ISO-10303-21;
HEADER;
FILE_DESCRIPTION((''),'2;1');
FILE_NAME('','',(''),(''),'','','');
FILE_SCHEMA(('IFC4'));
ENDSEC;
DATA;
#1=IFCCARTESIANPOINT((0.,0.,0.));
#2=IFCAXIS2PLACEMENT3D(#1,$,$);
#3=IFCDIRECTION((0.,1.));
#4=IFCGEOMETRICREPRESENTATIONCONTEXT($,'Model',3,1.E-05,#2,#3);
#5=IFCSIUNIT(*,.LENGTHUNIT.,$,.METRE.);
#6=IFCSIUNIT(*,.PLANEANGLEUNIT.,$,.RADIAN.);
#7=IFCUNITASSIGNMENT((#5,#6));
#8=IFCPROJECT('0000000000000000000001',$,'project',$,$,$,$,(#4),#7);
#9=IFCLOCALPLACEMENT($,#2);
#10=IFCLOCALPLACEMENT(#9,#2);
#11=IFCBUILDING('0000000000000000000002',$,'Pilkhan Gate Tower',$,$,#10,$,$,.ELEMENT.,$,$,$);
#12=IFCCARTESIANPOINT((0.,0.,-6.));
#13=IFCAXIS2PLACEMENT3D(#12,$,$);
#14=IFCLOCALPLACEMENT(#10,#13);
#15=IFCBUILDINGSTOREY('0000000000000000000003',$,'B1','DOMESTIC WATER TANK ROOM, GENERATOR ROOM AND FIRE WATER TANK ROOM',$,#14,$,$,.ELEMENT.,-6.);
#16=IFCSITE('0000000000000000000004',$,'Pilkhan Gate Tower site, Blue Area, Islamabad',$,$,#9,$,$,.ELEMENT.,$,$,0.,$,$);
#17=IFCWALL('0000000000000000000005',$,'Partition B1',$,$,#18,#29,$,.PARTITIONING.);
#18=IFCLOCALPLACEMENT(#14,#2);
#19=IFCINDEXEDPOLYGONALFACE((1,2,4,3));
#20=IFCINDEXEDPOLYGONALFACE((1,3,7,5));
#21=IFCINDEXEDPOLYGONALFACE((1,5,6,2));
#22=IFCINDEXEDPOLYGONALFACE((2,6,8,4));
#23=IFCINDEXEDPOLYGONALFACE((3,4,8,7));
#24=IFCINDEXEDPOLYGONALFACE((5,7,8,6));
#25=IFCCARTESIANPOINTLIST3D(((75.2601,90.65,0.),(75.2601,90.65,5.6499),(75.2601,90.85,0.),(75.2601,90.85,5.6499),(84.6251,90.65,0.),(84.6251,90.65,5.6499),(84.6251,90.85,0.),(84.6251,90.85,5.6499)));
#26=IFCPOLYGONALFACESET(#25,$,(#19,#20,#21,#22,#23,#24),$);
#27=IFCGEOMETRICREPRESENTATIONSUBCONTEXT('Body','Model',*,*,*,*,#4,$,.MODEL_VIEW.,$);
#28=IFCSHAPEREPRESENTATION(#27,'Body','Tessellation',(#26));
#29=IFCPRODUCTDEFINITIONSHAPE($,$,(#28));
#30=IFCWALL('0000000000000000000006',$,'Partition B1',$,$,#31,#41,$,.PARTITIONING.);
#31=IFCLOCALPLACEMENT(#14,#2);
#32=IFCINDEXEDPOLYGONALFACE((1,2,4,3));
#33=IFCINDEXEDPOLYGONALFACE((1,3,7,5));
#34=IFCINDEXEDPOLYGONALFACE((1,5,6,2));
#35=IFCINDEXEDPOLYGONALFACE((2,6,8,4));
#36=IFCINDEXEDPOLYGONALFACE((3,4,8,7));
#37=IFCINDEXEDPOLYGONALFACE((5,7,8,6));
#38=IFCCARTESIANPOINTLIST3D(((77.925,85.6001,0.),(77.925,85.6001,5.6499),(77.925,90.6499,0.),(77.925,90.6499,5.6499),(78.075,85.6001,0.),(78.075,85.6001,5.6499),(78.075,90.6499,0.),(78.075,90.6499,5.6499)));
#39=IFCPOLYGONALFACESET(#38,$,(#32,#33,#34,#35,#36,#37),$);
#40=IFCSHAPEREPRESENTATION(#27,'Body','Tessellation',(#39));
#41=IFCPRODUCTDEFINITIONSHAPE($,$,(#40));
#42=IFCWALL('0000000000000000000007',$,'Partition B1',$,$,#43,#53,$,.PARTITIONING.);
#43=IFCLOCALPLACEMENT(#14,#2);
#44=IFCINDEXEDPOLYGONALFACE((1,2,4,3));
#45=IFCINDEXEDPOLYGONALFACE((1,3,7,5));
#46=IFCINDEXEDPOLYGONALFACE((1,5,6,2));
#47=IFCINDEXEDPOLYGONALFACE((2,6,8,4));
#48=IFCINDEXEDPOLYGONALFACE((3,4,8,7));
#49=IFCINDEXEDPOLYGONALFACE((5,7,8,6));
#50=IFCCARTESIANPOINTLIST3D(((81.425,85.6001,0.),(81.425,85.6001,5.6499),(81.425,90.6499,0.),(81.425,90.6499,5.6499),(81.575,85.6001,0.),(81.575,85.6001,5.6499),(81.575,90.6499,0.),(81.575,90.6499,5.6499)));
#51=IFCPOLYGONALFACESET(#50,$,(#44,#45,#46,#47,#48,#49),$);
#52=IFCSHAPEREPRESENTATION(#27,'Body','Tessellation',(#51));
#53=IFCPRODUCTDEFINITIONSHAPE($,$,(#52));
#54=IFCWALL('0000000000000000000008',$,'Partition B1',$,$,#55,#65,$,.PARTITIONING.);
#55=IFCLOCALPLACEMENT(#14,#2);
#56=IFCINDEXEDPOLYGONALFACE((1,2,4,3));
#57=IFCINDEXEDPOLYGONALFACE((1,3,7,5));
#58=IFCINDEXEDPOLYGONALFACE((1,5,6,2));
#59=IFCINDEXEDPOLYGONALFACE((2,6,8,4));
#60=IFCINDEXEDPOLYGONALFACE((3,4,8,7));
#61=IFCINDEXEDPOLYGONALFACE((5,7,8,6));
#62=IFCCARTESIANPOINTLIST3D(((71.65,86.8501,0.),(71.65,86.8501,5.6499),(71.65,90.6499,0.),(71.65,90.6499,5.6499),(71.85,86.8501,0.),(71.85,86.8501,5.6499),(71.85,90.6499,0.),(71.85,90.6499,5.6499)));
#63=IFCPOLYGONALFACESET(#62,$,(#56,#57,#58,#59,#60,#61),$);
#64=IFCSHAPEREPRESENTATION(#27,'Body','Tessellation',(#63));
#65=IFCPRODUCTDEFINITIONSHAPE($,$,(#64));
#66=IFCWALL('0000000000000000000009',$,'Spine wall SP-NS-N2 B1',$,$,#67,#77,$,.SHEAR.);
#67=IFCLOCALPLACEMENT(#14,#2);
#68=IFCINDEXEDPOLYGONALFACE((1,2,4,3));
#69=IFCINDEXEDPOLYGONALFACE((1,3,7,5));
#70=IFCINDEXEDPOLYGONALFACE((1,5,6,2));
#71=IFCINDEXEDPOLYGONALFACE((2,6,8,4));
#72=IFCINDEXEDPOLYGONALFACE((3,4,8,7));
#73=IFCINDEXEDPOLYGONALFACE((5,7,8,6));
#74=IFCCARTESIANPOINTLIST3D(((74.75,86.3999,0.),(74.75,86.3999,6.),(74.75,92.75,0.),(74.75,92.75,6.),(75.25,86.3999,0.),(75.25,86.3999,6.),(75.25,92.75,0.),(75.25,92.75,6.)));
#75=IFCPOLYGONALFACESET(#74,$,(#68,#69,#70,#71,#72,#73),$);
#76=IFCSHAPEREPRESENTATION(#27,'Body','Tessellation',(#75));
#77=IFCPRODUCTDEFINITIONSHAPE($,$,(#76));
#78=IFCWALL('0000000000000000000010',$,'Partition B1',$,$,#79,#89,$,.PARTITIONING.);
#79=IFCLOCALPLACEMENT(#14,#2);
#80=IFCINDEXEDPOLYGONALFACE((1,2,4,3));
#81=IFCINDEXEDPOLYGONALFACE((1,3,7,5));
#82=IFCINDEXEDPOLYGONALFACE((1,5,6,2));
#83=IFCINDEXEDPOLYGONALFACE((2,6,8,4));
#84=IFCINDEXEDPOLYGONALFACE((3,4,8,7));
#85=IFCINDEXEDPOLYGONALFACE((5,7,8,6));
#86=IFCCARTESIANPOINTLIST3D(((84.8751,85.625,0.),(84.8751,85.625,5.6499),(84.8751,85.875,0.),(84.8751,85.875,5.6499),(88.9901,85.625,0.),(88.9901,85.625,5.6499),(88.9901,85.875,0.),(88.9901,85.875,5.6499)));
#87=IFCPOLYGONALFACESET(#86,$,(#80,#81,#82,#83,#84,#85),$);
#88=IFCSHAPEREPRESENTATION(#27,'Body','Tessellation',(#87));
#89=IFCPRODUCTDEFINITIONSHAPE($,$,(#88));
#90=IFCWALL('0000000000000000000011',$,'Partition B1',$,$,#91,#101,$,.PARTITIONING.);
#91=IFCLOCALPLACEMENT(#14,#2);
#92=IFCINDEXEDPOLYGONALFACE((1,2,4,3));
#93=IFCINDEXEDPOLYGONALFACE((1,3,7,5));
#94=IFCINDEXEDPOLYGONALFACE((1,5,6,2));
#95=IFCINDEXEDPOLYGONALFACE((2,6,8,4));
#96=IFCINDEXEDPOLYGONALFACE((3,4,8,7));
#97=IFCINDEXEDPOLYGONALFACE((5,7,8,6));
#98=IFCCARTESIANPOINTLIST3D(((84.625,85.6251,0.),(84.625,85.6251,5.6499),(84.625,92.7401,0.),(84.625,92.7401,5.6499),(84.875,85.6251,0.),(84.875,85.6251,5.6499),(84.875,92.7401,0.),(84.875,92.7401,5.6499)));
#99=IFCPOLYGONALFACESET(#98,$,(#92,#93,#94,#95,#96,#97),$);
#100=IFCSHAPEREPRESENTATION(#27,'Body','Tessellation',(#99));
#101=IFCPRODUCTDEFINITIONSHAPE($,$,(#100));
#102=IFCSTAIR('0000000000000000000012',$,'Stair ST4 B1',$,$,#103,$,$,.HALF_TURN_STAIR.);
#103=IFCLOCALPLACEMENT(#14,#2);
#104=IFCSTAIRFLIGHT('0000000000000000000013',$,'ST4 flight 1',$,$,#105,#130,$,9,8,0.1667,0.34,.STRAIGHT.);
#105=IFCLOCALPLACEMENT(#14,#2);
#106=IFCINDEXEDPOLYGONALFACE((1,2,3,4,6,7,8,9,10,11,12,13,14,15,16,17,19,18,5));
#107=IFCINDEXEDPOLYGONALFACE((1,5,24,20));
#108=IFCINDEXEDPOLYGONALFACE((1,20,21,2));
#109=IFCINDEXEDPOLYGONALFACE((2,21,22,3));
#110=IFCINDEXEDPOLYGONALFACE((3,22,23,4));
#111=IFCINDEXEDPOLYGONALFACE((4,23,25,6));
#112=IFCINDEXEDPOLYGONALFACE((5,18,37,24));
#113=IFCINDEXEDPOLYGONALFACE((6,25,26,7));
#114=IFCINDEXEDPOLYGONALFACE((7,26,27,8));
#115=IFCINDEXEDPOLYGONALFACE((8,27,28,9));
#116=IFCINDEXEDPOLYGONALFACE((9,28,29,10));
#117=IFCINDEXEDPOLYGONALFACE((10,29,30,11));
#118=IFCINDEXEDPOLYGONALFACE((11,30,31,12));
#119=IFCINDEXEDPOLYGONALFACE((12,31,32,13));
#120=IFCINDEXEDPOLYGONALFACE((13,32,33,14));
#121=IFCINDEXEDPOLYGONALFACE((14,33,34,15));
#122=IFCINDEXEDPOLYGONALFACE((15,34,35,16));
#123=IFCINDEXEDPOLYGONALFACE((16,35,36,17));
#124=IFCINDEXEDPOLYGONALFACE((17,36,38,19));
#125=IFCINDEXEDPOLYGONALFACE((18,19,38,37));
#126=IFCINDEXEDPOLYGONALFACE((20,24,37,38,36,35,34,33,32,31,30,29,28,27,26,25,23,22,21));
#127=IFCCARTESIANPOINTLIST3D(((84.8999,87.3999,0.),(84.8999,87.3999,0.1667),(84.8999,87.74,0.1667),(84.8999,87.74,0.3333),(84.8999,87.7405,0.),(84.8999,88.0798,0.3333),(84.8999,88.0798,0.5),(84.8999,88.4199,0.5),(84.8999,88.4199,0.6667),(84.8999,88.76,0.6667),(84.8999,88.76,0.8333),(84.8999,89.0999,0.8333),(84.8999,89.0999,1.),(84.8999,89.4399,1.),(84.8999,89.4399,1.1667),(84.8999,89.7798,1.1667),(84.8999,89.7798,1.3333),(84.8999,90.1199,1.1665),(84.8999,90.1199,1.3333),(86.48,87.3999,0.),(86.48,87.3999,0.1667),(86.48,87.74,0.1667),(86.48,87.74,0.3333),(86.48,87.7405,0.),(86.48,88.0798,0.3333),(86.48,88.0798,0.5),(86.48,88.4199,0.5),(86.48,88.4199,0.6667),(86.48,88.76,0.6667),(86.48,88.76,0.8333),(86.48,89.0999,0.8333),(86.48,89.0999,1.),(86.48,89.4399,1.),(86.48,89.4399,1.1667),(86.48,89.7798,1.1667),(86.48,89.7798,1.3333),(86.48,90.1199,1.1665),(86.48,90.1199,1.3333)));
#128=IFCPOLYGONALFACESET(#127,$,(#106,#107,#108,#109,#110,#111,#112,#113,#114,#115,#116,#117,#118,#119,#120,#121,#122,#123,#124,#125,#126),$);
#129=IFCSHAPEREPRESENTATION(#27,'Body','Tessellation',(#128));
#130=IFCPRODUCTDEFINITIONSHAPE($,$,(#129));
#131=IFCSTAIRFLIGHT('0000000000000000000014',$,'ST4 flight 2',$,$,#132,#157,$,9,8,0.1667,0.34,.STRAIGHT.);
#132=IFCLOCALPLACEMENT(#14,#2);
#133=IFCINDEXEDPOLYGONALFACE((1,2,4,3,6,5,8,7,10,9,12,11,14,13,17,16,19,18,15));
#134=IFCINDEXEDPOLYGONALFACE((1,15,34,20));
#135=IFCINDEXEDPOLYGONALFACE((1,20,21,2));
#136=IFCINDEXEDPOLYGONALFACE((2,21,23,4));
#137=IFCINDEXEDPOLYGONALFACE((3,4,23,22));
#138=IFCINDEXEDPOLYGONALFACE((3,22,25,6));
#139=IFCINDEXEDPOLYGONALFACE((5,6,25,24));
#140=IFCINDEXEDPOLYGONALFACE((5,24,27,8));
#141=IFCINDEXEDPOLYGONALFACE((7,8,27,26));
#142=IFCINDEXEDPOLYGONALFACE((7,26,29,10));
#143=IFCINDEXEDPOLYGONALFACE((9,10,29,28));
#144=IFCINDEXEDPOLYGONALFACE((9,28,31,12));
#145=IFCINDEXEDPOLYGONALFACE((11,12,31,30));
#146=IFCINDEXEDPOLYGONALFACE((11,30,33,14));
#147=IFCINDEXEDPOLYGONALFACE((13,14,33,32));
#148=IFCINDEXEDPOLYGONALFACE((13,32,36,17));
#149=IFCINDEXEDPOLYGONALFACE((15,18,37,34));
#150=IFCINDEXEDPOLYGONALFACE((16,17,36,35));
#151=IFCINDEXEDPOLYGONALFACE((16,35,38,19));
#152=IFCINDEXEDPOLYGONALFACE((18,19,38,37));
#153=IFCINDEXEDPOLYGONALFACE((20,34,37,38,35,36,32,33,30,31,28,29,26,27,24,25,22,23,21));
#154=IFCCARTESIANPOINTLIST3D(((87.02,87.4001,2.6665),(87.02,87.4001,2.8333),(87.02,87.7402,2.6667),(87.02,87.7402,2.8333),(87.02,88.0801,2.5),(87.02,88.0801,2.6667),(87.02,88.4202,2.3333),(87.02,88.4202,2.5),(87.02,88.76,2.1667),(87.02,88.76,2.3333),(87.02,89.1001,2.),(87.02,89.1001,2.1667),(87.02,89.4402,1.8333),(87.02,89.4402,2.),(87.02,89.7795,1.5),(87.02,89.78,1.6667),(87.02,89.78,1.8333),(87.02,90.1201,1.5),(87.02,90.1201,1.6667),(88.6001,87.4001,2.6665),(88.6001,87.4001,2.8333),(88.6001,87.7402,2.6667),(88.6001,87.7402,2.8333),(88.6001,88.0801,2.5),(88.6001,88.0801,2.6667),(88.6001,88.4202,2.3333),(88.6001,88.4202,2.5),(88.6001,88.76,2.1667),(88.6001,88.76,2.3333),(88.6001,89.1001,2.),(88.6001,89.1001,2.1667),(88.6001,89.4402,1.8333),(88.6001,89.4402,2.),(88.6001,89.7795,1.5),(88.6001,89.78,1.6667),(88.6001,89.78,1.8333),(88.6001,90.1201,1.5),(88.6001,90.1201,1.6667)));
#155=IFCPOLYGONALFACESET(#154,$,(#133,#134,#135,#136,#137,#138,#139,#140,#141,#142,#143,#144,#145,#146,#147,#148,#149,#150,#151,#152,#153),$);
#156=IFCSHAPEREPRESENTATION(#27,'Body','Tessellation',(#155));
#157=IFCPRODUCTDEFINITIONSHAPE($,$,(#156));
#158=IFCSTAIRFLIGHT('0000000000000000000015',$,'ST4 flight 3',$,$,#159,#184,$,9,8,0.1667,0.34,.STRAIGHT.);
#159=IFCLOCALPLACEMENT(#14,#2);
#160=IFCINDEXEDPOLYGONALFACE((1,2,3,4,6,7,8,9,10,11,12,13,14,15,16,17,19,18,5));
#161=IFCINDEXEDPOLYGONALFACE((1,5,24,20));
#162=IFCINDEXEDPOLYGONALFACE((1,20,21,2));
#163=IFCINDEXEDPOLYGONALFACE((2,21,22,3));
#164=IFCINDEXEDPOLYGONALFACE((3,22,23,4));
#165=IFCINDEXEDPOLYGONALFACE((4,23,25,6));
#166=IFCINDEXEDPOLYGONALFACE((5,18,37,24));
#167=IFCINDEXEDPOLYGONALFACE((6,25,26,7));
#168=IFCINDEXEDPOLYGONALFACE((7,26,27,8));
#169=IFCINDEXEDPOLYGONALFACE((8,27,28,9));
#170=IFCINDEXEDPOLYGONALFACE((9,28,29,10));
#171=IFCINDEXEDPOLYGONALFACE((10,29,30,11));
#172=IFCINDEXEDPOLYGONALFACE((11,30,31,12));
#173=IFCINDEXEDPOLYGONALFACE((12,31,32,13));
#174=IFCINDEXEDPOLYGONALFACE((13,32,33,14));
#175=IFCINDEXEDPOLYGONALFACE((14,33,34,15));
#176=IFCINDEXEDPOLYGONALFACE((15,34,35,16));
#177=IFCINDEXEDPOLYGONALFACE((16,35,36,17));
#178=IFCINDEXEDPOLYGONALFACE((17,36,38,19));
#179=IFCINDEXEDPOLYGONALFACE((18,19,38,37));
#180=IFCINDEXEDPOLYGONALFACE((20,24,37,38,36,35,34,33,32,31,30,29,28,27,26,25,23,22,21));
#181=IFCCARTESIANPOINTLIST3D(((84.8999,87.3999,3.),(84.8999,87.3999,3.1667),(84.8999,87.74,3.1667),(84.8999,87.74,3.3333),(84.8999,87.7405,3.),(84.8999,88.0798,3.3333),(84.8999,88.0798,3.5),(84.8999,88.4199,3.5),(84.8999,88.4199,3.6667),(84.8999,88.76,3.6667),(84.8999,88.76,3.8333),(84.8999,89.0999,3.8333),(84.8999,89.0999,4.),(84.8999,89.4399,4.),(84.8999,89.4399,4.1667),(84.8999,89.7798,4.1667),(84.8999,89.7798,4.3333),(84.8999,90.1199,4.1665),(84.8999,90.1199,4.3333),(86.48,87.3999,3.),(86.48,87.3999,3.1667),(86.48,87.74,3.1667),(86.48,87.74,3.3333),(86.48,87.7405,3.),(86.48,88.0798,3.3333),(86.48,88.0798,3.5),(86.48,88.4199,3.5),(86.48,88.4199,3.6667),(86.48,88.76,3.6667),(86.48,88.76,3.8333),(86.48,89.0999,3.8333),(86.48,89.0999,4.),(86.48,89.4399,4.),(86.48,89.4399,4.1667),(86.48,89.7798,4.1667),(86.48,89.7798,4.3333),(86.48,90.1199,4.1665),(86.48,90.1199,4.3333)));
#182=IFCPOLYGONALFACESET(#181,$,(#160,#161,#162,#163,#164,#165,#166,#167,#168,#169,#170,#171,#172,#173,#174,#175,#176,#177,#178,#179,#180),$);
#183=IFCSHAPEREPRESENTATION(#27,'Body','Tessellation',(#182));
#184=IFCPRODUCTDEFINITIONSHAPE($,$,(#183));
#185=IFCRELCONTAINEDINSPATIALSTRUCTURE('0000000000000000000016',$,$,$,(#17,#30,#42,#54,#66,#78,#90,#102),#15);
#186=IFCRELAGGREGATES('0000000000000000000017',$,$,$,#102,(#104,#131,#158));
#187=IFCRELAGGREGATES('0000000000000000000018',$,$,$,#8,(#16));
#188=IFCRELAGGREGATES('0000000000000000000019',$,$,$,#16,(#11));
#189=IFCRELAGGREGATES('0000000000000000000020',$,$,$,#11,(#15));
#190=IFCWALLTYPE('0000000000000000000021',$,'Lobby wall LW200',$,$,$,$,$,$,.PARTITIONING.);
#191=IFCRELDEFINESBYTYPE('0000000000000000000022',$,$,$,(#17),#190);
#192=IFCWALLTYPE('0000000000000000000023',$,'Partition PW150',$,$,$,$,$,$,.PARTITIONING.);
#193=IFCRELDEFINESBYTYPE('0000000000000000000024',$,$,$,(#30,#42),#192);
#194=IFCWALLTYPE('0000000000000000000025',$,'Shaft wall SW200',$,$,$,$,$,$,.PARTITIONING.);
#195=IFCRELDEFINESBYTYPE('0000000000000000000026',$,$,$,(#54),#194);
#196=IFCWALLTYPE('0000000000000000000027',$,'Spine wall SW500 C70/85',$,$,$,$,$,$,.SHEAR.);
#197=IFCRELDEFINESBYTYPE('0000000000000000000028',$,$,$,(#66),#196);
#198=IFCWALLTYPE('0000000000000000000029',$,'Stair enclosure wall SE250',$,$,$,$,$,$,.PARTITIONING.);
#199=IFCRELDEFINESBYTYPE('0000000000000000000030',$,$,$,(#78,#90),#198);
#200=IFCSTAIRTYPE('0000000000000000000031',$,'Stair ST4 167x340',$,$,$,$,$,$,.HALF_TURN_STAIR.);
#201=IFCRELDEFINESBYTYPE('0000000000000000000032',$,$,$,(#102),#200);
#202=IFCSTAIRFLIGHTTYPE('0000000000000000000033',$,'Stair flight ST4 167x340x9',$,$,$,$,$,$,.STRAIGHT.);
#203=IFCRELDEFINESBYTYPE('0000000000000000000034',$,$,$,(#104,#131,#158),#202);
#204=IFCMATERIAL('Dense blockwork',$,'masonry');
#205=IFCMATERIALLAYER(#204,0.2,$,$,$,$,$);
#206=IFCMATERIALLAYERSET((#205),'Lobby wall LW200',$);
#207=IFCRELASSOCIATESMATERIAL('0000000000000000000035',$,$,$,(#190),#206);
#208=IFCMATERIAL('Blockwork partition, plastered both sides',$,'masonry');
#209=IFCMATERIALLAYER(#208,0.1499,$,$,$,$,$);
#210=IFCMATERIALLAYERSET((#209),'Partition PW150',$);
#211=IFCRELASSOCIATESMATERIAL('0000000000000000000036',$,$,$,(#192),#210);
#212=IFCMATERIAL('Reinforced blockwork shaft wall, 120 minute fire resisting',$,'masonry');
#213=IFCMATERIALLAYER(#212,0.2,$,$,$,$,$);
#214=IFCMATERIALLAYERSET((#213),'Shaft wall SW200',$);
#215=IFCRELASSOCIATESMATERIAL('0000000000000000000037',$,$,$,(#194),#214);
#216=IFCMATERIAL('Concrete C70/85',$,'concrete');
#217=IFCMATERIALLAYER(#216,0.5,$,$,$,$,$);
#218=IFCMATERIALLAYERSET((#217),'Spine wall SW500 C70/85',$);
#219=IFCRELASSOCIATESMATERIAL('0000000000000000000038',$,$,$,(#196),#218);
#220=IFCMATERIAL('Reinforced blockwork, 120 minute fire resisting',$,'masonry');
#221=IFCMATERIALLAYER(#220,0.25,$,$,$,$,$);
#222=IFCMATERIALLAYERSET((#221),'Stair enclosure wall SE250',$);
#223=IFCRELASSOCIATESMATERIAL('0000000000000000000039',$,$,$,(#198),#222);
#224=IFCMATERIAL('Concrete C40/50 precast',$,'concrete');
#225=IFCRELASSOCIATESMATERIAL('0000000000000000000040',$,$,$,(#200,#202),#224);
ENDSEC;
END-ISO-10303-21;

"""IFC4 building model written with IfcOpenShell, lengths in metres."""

from ifc_helpers import new_model, si_unit, direction, frame, frame_2d, origin, place, context, subcontext, project, spatial, polyline, rectangle, outline, extrude, material, layer, layer_set, type_object, element, aggregate, save


model = new_model("IFC4")

# Units and contexts
model_context = context("Model", 3, precision=1e-05, world=origin(), true_north=direction((0.0, 1.0)))
body_context = subcontext(model_context, "Body", "Model", "MODEL_VIEW")
ifc_project = project(units=[si_unit("LENGTHUNIT", "METRE"), si_unit("PLANEANGLEUNIT", "RADIAN")], contexts=[model_context])

# Site, building, storey
site_placement = place(None, origin())
site = spatial("IfcSite", under=ifc_project, at=site_placement, Name="Pilkhan Gate Tower site, Blue Area, Islamabad", CompositionType="ELEMENT", RefElevation=0.0)
building_placement = place(site_placement, origin())
building = spatial("IfcBuilding", under=site, at=building_placement, Name="Pilkhan Gate Tower", CompositionType="ELEMENT")
storey_placement = place(building_placement, frame((0.0, 0.0, -6.0)))
storey = spatial("IfcBuildingStorey", under=building, at=storey_placement, Name="B1", Description="DOMESTIC WATER TANK ROOM, GENERATOR ROOM AND FIRE WATER TANK ROOM", CompositionType="ELEMENT", Elevation=-6.0)

# Shared definitions
ifc_material_1 = material(Name="Dense blockwork", Category="masonry")
ifc_layer_1 = layer(ifc_material_1, 0.2)
ifc_layer_set_1 = layer_set([ifc_layer_1], Name="Lobby wall LW200")
wall_type_1 = type_object("IfcWallType", Name="Lobby wall LW200", PredefinedType="PARTITIONING", material=ifc_layer_set_1)

# Walls
wall_1_placement = place(storey_placement, frame((75.26, 90.75, 0.0), z_axis=(0.0, 0.0, 1.0), x_axis=(1.0, 0.0, 0.0)))
element("IfcWall", 1, at=wall_1_placement, inside=storey, type_object=wall_type_1, Name="Partition B1", PredefinedType="PARTITIONING", context=body_context, shape_type="SweptSolid", body=[
    extrude(rectangle(XDim=9.365, YDim=0.2, at=frame_2d((4.6826, 0.0))), origin(), (0.0, 0.0, 1.0), 5.6499),
])
ifc_material_2 = material(Name="Blockwork partition, plastered both sides", Category="masonry")
ifc_layer_2 = layer(ifc_material_2, 0.1499)
ifc_layer_set_2 = layer_set([ifc_layer_2], Name="Partition PW150")
wall_type_2 = type_object("IfcWallType", Name="Partition PW150", PredefinedType="PARTITIONING", material=ifc_layer_set_2)
for number, where, z_axis, x_axis, name in (
    (2, (78.0, 85.6001, 0.0), (0.0, 0.0, 1.0), (0.0, 1.0, 0.0), "Partition B1"),
    (3, (81.5, 85.6001, 0.0), (0.0, 0.0, 1.0), (0.0, 1.0, 0.0), "Partition B1"),
):
    element("IfcWall", number, at=place(storey_placement, frame(where, z_axis=z_axis, x_axis=x_axis)), inside=storey, type_object=wall_type_2, Name=name, PredefinedType="PARTITIONING", context=body_context, shape_type="SweptSolid", body=[
        extrude(rectangle(XDim=5.0498, YDim=0.1499, at=frame_2d((2.5249, 0.0))), origin(), (0.0, 0.0, 1.0), 5.6499),
    ])
ifc_material_3 = material(Name="Reinforced blockwork shaft wall, 120 minute fire resisting", Category="masonry")
ifc_layer_3 = layer(ifc_material_3, 0.2)
ifc_layer_set_3 = layer_set([ifc_layer_3], Name="Shaft wall SW200")
wall_type_3 = type_object("IfcWallType", Name="Shaft wall SW200", PredefinedType="PARTITIONING", material=ifc_layer_set_3)
wall_2_placement = place(storey_placement, frame((71.75, 86.8501, 0.0), z_axis=(0.0, 0.0, 1.0), x_axis=(0.0, 1.0, 0.0)))
element("IfcWall", 4, at=wall_2_placement, inside=storey, type_object=wall_type_3, Name="Partition B1", PredefinedType="PARTITIONING", context=body_context, shape_type="SweptSolid", body=[
    extrude(rectangle(XDim=3.7998, YDim=0.2, at=frame_2d((1.8999, 0.0))), origin(), (0.0, 0.0, 1.0), 5.6499),
])
ifc_material_4 = material(Name="Concrete C70/85", Category="concrete")
ifc_layer_4 = layer(ifc_material_4, 0.5)
ifc_layer_set_4 = layer_set([ifc_layer_4], Name="Spine wall SW500 C70/85")
wall_type_4 = type_object("IfcWallType", Name="Spine wall SW500 C70/85", PredefinedType="SHEAR", material=ifc_layer_set_4)
wall_3_placement = place(storey_placement, frame((75.0, 86.3999, 0.0), z_axis=(0.0, 0.0, 1.0), x_axis=(0.0, 1.0, 0.0)))
element("IfcWall", 5, at=wall_3_placement, inside=storey, type_object=wall_type_4, Name="Spine wall SP-NS-N2 B1", PredefinedType="SHEAR", context=body_context, shape_type="SweptSolid", body=[
    extrude(rectangle(XDim=6.3501, YDim=0.5, at=frame_2d((3.175, 0.0))), origin(), (0.0, 0.0, 1.0), 6.0),
])
ifc_material_5 = material(Name="Reinforced blockwork, 120 minute fire resisting", Category="masonry")
ifc_layer_5 = layer(ifc_material_5, 0.25)
ifc_layer_set_5 = layer_set([ifc_layer_5], Name="Stair enclosure wall SE250")
wall_type_5 = type_object("IfcWallType", Name="Stair enclosure wall SE250", PredefinedType="PARTITIONING", material=ifc_layer_set_5)
wall_4_placement = place(storey_placement, frame((84.875, 85.75, 0.0), z_axis=(0.0, 0.0, 1.0), x_axis=(1.0, 0.0, 0.0)))
element("IfcWall", 6, at=wall_4_placement, inside=storey, type_object=wall_type_5, Name="Partition B1", PredefinedType="PARTITIONING", context=body_context, shape_type="SweptSolid", body=[
    extrude(rectangle(XDim=4.115, YDim=0.25, at=frame_2d((2.0576, 0.0))), origin(), (0.0, 0.0, 1.0), 5.6499),
])
wall_5_placement = place(storey_placement, frame((84.75, 85.625, 0.0), z_axis=(0.0, 0.0, 1.0), x_axis=(0.0, 1.0, 0.0)))
element("IfcWall", 7, at=wall_5_placement, inside=storey, type_object=wall_type_5, Name="Partition B1", PredefinedType="PARTITIONING", context=body_context, shape_type="SweptSolid", body=[
    extrude(rectangle(XDim=7.115, YDim=0.25, at=frame_2d((3.5576, 0.0))), origin(), (0.0, 0.0, 1.0), 5.6499),
])

# Stair, stair flights
ifc_material_6 = material(Name="Concrete C40/50 precast", Category="concrete")
stair_type = type_object("IfcStairType", Name="Stair ST4 167x340", PredefinedType="HALF_TURN_STAIR", material=ifc_material_6)
stair_placement = place(storey_placement, origin())
stair = element("IfcStair", 8, at=stair_placement, inside=storey, type_object=stair_type, Name="Stair ST4 B1", PredefinedType="HALF_TURN_STAIR")
stair_flight_type = type_object("IfcStairFlightType", Name="Stair flight ST4 167x340x9", PredefinedType="STRAIGHT", material=ifc_material_6)
stair_flight_1_placement = place(storey_placement, frame((85.6899, 87.3999, 0.0), z_axis=(0.0, 0.0, 1.0), x_axis=(0.0, 1.0, 0.0)))
stair_flight_1 = element("IfcStairFlight", 9, at=stair_flight_1_placement, type_object=stair_flight_type, Name="ST4 flight 1", NumberOfRisers=9, NumberOfTreads=8, PredefinedType="STRAIGHT", RiserHeight=0.1667, TreadLength=0.34, context=body_context, shape_type="SweptSolid", body=[
    extrude(outline(polyline([(0.0, 0.0), (0.0, 0.1667), (0.3401, 0.1667), (0.3401, 0.3333), (0.6799, 0.3333), (0.6799, 0.5), (1.02, 0.5), (1.02, 0.6667), (1.3601, 0.6667), (1.3601, 0.8333), (1.7, 0.8333), (1.7, 1.0), (2.04, 1.0), (2.04, 1.1667), (2.3799, 1.1667), (2.3799, 1.3333), (2.72, 1.3333), (2.72, 1.5), (2.72, 1.1665), (0.3406, 0.0), (0.0, 0.0)])), frame((0.0, 0.79, 0.0), z_axis=(0.0, -1.0, 0.0), x_axis=(1.0, 0.0, 0.0)), (0.0, 0.0, 1.0), 1.5801),
])
stair_flight_2_placement = place(storey_placement, frame((87.8101, 90.1201, 1.5), z_axis=(0.0, 0.0, 1.0), x_axis=(0.0, -1.0, 0.0)))
stair_flight_2 = element("IfcStairFlight", 10, at=stair_flight_2_placement, type_object=stair_flight_type, Name="ST4 flight 2", NumberOfRisers=9, NumberOfTreads=8, PredefinedType="STRAIGHT", RiserHeight=0.1667, TreadLength=0.34, context=body_context, shape_type="SweptSolid", body=[
    extrude(outline(polyline([(0.0, 0.0), (0.0, 0.1667), (0.3401, 0.1667), (0.3401, 0.3333), (0.6799, 0.3333), (0.6799, 0.5), (1.02, 0.5), (1.02, 0.6667), (1.3601, 0.6667), (1.3601, 0.8333), (1.7, 0.8333), (1.7, 1.0), (2.04, 1.0), (2.04, 1.1667), (2.3799, 1.1667), (2.3799, 1.3333), (2.72, 1.3333), (2.72, 1.5), (2.72, 1.1665), (0.3406, 0.0), (0.0, 0.0)])), frame((0.0, 0.79, 0.0), z_axis=(0.0, -1.0, 0.0), x_axis=(1.0, 0.0, 0.0)), (0.0, 0.0, 1.0), 1.5801),
])
stair_flight_3_placement = place(storey_placement, frame((85.6899, 87.3999, 3.0), z_axis=(0.0, 0.0, 1.0), x_axis=(0.0, 1.0, 0.0)))
stair_flight_3 = element("IfcStairFlight", 11, at=stair_flight_3_placement, type_object=stair_flight_type, Name="ST4 flight 3", NumberOfRisers=9, NumberOfTreads=8, PredefinedType="STRAIGHT", RiserHeight=0.1667, TreadLength=0.34, context=body_context, shape_type="SweptSolid", body=[
    extrude(outline(polyline([(0.0, 0.0), (0.0, 0.1667), (0.3401, 0.1667), (0.3401, 0.3333), (0.6799, 0.3333), (0.6799, 0.5), (1.02, 0.5), (1.02, 0.6667), (1.3601, 0.6667), (1.3601, 0.8333), (1.7, 0.8333), (1.7, 1.0), (2.04, 1.0), (2.04, 1.1667), (2.3799, 1.1667), (2.3799, 1.3333), (2.72, 1.3333), (2.72, 1.5), (2.72, 1.1665), (0.3406, 0.0), (0.0, 0.0)])), frame((0.0, 0.79, 0.0), z_axis=(0.0, -1.0, 0.0), x_axis=(1.0, 0.0, 0.0)), (0.0, 0.0, 1.0), 1.5801),
])
aggregate(stair, [stair_flight_1, stair_flight_2, stair_flight_3])

save(model, "model.ifc")
